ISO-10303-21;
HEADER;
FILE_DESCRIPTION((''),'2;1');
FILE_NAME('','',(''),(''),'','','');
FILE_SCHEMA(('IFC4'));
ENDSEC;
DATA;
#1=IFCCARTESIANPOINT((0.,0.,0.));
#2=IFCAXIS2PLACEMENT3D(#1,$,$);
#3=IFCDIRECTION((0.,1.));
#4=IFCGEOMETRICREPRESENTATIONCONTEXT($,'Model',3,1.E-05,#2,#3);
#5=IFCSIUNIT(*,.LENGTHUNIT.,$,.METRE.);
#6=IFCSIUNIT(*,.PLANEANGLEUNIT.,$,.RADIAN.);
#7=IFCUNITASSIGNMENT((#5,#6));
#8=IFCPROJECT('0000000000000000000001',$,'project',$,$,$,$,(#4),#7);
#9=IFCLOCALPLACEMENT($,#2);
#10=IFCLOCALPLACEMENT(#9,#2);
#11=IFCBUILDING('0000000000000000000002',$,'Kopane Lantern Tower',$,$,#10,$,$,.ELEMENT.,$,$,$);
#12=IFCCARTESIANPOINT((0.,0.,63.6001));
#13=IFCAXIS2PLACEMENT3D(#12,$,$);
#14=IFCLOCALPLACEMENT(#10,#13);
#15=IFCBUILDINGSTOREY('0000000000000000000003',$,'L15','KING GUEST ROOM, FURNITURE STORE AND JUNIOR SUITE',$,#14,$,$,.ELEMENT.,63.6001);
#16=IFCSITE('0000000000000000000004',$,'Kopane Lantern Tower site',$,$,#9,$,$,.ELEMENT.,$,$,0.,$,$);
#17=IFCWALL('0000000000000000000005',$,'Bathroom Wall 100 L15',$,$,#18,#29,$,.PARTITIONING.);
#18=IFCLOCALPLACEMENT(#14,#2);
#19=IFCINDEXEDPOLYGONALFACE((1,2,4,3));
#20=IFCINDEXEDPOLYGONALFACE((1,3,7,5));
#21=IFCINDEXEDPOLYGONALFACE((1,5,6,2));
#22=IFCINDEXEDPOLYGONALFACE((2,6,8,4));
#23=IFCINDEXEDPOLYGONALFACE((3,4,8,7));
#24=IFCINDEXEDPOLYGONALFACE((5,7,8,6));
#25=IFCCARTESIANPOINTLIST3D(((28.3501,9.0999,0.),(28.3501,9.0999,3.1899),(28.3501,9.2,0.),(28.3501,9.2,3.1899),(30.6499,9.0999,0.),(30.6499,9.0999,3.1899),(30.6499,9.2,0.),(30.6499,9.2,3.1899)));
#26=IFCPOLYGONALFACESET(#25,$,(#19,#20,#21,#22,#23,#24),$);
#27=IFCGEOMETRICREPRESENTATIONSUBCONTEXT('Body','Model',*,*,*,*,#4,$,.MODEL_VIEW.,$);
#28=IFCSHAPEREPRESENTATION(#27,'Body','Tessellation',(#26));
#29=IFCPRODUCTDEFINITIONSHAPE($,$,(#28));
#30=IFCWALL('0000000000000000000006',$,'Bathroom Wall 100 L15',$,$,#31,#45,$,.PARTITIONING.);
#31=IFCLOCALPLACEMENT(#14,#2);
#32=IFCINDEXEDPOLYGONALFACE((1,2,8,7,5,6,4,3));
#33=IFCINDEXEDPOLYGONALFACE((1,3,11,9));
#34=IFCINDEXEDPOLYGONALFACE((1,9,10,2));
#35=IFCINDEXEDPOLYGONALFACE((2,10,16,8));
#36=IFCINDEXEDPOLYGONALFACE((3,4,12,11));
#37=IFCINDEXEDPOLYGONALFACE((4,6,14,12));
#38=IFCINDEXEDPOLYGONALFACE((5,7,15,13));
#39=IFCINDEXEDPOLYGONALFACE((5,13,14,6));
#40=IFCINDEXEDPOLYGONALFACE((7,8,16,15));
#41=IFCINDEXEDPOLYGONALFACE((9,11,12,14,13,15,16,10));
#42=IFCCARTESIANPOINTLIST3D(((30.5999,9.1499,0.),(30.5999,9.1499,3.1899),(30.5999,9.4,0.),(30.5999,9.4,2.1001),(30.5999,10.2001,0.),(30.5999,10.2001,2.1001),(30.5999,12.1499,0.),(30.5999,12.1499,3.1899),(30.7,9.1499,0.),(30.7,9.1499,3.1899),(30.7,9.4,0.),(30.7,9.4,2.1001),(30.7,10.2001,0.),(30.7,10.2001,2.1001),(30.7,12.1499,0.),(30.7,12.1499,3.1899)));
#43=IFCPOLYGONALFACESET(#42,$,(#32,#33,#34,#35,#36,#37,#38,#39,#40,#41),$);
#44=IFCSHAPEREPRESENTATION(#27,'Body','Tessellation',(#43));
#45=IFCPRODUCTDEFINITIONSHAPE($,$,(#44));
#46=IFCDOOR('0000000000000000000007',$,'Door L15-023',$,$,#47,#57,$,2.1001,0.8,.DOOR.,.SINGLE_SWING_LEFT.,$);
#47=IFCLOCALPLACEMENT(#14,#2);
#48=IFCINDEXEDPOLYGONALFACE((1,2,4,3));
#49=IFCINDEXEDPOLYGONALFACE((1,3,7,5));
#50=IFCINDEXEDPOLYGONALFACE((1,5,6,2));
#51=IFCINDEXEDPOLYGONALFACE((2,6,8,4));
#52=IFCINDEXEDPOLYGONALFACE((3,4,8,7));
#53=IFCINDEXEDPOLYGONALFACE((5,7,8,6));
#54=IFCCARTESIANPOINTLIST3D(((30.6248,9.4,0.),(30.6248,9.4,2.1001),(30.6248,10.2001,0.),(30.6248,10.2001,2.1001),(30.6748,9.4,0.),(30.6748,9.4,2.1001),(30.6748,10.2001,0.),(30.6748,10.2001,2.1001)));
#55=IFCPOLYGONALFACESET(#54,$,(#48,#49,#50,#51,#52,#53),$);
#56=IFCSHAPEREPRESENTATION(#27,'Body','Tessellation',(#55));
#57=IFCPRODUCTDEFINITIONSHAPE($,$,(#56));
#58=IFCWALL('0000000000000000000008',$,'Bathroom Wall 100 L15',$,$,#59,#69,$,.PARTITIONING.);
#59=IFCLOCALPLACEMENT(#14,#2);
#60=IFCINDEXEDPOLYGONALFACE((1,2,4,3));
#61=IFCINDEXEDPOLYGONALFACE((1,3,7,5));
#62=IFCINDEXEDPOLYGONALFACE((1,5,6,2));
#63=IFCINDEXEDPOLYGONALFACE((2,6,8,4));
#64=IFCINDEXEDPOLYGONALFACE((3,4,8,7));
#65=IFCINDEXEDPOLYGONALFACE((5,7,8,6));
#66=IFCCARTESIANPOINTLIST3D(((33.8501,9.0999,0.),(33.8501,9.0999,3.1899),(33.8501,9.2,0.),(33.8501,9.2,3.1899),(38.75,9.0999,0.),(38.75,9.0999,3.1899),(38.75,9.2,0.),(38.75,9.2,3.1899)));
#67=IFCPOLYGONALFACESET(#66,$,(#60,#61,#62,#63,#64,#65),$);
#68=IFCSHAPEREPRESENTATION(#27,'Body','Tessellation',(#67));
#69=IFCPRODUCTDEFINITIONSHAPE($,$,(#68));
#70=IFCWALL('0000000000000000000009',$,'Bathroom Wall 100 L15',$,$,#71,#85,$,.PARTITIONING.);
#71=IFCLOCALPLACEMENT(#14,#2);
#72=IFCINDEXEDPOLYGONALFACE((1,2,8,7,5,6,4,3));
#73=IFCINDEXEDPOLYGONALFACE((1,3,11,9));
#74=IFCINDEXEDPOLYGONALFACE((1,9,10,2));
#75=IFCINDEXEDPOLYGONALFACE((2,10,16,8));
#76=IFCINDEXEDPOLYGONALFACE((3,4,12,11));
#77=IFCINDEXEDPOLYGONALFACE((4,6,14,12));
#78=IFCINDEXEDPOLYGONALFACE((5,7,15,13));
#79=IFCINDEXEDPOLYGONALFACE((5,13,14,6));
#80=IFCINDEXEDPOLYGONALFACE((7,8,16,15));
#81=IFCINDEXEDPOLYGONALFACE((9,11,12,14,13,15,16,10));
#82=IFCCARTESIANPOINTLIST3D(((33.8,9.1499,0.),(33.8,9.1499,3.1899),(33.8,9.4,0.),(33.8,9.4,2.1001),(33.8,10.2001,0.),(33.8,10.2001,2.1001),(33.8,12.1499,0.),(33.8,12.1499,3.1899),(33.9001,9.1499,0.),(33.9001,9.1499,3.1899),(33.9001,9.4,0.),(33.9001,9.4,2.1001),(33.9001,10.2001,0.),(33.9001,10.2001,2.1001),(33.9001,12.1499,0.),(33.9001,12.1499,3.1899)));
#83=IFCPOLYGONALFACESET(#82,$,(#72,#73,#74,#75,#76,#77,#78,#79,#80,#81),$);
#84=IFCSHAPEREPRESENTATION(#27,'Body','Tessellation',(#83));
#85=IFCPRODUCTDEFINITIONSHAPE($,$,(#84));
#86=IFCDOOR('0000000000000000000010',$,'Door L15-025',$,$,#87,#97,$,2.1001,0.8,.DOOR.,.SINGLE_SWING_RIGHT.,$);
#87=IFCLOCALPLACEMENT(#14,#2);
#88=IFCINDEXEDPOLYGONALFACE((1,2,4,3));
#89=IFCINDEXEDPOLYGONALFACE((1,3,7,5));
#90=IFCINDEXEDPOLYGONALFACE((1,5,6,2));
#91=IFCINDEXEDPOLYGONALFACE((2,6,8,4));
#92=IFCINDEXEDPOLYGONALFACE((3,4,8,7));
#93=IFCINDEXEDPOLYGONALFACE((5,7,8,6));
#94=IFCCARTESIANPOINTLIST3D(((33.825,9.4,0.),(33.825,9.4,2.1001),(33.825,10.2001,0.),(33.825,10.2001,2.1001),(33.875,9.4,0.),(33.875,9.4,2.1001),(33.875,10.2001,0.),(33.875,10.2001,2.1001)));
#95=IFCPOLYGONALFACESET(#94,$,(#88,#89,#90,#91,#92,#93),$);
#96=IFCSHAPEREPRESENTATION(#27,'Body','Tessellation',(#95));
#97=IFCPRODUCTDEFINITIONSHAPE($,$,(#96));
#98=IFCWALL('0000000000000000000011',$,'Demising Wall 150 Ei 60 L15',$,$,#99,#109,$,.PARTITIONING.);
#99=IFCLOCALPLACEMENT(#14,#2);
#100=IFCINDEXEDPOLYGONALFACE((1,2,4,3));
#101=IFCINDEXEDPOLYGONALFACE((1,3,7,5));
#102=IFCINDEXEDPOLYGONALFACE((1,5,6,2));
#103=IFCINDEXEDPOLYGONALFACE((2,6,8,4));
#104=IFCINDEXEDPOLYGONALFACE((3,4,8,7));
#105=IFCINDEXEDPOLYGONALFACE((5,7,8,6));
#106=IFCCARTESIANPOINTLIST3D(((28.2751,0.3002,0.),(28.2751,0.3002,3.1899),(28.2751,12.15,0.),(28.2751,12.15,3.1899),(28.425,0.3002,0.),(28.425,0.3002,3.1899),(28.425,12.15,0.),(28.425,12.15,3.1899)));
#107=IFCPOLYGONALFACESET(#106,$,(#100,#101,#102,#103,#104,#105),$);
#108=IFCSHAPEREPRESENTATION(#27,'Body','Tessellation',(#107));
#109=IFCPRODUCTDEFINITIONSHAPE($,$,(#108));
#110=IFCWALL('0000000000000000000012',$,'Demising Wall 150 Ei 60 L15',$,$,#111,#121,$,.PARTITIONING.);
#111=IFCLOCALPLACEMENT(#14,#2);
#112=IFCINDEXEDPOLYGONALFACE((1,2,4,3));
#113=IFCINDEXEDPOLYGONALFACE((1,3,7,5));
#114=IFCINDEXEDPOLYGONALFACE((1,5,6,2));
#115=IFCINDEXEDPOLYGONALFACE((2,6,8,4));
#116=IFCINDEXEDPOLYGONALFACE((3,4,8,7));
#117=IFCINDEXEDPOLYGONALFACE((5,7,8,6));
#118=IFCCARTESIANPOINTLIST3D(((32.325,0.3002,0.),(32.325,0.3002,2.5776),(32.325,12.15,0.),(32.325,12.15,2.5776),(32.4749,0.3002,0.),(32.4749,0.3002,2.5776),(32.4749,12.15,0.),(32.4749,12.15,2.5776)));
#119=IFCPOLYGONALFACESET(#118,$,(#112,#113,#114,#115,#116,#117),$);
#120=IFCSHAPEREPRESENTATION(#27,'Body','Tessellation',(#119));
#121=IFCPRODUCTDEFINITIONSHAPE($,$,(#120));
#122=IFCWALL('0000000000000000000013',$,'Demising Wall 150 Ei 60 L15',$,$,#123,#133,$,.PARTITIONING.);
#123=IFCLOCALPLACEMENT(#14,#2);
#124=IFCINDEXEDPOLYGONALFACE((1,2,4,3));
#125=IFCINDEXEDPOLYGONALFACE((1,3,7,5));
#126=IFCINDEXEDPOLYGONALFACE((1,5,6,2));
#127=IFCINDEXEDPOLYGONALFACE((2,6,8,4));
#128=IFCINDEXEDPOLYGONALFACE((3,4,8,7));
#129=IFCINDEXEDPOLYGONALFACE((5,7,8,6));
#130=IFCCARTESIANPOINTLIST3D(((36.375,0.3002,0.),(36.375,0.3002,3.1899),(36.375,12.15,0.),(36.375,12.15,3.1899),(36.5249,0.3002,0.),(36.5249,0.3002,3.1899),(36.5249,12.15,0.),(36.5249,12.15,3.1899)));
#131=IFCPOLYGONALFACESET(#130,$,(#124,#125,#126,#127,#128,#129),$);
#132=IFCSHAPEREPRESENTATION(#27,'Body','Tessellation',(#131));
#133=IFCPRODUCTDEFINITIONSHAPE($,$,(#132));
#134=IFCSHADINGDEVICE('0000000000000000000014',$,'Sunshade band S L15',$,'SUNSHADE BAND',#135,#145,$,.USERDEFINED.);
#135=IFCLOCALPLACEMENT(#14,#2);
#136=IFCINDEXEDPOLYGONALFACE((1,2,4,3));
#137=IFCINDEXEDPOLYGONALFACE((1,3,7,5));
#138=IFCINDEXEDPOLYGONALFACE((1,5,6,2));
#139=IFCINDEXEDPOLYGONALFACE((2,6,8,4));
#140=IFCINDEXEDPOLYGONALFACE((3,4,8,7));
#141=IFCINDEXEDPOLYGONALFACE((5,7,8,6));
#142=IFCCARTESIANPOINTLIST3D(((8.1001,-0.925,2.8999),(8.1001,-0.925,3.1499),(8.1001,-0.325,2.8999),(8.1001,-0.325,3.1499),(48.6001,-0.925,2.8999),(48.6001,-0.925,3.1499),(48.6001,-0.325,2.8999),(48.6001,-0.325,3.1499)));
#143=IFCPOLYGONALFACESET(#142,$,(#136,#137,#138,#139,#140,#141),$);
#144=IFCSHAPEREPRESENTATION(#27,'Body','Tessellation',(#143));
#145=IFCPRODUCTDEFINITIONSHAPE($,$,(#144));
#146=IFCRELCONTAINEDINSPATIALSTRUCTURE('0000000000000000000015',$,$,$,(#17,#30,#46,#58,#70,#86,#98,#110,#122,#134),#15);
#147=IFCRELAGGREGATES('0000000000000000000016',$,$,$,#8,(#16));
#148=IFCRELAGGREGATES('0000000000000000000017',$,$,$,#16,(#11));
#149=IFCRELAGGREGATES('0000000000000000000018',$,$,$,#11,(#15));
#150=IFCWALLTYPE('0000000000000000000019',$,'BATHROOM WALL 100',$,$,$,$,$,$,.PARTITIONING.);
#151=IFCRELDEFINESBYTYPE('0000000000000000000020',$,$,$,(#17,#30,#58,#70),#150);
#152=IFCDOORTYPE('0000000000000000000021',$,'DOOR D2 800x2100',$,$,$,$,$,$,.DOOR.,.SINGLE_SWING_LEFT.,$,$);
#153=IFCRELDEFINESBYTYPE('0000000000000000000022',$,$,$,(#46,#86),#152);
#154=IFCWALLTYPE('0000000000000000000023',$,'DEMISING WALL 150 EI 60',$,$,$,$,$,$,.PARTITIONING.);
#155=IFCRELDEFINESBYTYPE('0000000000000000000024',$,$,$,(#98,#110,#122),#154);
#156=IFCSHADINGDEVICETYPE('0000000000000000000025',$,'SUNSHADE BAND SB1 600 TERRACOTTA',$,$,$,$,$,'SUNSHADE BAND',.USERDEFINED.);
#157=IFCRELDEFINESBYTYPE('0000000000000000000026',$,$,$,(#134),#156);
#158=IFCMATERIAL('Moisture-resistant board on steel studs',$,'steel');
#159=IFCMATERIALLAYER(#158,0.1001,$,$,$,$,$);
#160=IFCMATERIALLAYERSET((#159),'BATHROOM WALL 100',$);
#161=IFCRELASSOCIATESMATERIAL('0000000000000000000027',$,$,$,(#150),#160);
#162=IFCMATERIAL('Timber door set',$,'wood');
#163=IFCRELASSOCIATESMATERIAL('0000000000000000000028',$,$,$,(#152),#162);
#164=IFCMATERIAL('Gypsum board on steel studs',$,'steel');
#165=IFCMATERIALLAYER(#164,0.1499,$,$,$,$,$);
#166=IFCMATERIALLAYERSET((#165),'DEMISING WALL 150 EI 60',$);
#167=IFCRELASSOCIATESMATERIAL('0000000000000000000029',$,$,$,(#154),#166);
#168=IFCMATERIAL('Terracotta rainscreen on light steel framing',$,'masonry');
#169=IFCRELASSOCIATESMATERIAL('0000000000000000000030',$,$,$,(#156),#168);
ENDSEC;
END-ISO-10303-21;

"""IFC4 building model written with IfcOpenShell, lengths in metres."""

from ifc_helpers import new_model, si_unit, direction, frame, frame_2d, origin, origin_2d, place, context, subcontext, project, spatial, rectangle, extrude, material, layer, layer_set, type_object, element, fill, save


model = new_model("IFC4")

# Units and contexts
model_context = context("Model", 3, precision=1e-05, world=origin(), true_north=direction((0.0, 1.0)))
body_context = subcontext(model_context, "Body", "Model", "MODEL_VIEW")
ifc_project = project(units=[si_unit("LENGTHUNIT", "METRE"), si_unit("PLANEANGLEUNIT", "RADIAN")], contexts=[model_context])

# Site, building, storey
site_placement = place(None, origin())
site = spatial("IfcSite", under=ifc_project, at=site_placement, Name="Kopane Lantern Tower site", CompositionType="ELEMENT", RefElevation=0.0)
building_placement = place(site_placement, origin())
building = spatial("IfcBuilding", under=site, at=building_placement, Name="Kopane Lantern Tower", CompositionType="ELEMENT")
storey_placement = place(building_placement, frame((0.0, 0.0, 63.6001)))
storey = spatial("IfcBuildingStorey", under=building, at=storey_placement, Name="L15", Description="KING GUEST ROOM, FURNITURE STORE AND JUNIOR SUITE", CompositionType="ELEMENT", Elevation=63.6001)

# Shared definitions
ifc_material_1 = material(Name="Moisture-resistant board on steel studs", Category="steel")
ifc_layer_1 = layer(ifc_material_1, 0.1001)
ifc_layer_set_1 = layer_set([ifc_layer_1], Name="BATHROOM WALL 100")
wall_type_1 = type_object("IfcWallType", Name="BATHROOM WALL 100", PredefinedType="PARTITIONING", material=ifc_layer_set_1)
ifc_material_2 = material(Name="Timber door set", Category="wood")
door_type_1 = type_object("IfcDoorType", Name="DOOR D2 800x2100", OperationType="SINGLE_SWING_LEFT", PredefinedType="DOOR", material=ifc_material_2)

# Wall
wall_1_placement = place(storey_placement, frame((28.3501, 9.1499, 0.0), z_axis=(0.0, 0.0, 1.0), x_axis=(1.0, 0.0, 0.0)))
element("IfcWall", 1, at=wall_1_placement, inside=storey, type_object=wall_type_1, Name="Bathroom Wall 100 L15", PredefinedType="PARTITIONING", context=body_context, shape_type="SweptSolid", body=[
    extrude(rectangle(XDim=2.2998, YDim=0.1001, at=frame_2d((1.1499, 0.0))), origin(), (0.0, 0.0, 1.0), 3.1899),
])

# Wall, opening, door
wall_2_placement = place(storey_placement, frame((30.6499, 12.1499, 0.0), z_axis=(0.0, 0.0, 1.0), x_axis=(0.0, -1.0, 0.0)))
wall_2 = element("IfcWall", 2, at=wall_2_placement, inside=storey, type_object=wall_type_1, Name="Bathroom Wall 100 L15", PredefinedType="PARTITIONING", context=body_context, shape_type="SweptSolid", body=[
    extrude(rectangle(XDim=3.0, YDim=0.1001, at=frame_2d((1.5, 0.0))), origin(), (0.0, 0.0, 1.0), 3.1899),
])
opening_1_placement = place(wall_2_placement, frame((1.95, 0.0, 0.0)))
opening_1 = element("IfcOpeningElement", 3, at=opening_1_placement, cuts=wall_2, PredefinedType="OPENING", context=body_context, shape_type="SweptSolid", body=[
    extrude(rectangle(XDim=0.8, YDim=2.1001, at=frame_2d((0.3999, 1.05))), frame((0.0, 0.0601, 0.0), z_axis=(0.0, -1.0, 0.0), x_axis=(1.0, 0.0, 0.0)), (0.0, 0.0, 1.0), 0.1201),
])
door_1_placement = place(opening_1_placement, origin())
door_1 = element("IfcDoor", 4, at=door_1_placement, inside=storey, type_object=door_type_1, Name="Door L15-023", OperationType="SINGLE_SWING_LEFT", OverallHeight=2.1001, OverallWidth=0.8, PredefinedType="DOOR", context=body_context, shape_type="SweptSolid", body=[
    extrude(rectangle(XDim=0.8, YDim=2.1001, at=frame_2d((0.3999, 1.05))), frame((0.0, 0.0249, 0.0), z_axis=(0.0, -1.0, 0.0), x_axis=(1.0, 0.0, 0.0)), (0.0, 0.0, 1.0), 0.05),
])
fill(opening_1, door_1)

# Wall
wall_3_placement = place(storey_placement, frame((33.8501, 9.1499, 0.0), z_axis=(0.0, 0.0, 1.0), x_axis=(1.0, 0.0, 0.0)))
element("IfcWall", 5, at=wall_3_placement, inside=storey, type_object=wall_type_1, Name="Bathroom Wall 100 L15", PredefinedType="PARTITIONING", context=body_context, shape_type="SweptSolid", body=[
    extrude(rectangle(XDim=4.8999, YDim=0.1001, at=frame_2d((2.45, 0.0))), origin(), (0.0, 0.0, 1.0), 3.1899),
])

# Wall, opening, door
wall_4_placement = place(storey_placement, frame((33.8501, 12.1499, 0.0), z_axis=(0.0, 0.0, 1.0), x_axis=(0.0, -1.0, 0.0)))
wall_4 = element("IfcWall", 6, at=wall_4_placement, inside=storey, type_object=wall_type_1, Name="Bathroom Wall 100 L15", PredefinedType="PARTITIONING", context=body_context, shape_type="SweptSolid", body=[
    extrude(rectangle(XDim=3.0, YDim=0.1001, at=frame_2d((1.5, 0.0))), origin(), (0.0, 0.0, 1.0), 3.1899),
])
opening_2_placement = place(wall_4_placement, frame((1.95, 0.0, 0.0)))
opening_2 = element("IfcOpeningElement", 7, at=opening_2_placement, cuts=wall_4, PredefinedType="OPENING", context=body_context, shape_type="SweptSolid", body=[
    extrude(rectangle(XDim=0.8, YDim=2.1001, at=frame_2d((0.3999, 1.05))), frame((0.0, 0.0601, 0.0), z_axis=(0.0, -1.0, 0.0), x_axis=(1.0, 0.0, 0.0)), (0.0, 0.0, 1.0), 0.1201),
])
door_2_placement = place(opening_2_placement, origin())
door_2 = element("IfcDoor", 8, at=door_2_placement, inside=storey, type_object=door_type_1, Name="Door L15-025", OperationType="SINGLE_SWING_RIGHT", OverallHeight=2.1001, OverallWidth=0.8, PredefinedType="DOOR", context=body_context, shape_type="SweptSolid", body=[
    extrude(rectangle(XDim=0.8, YDim=2.1001, at=frame_2d((0.3999, 1.05))), frame((0.0, 0.0249, 0.0), z_axis=(0.0, -1.0, 0.0), x_axis=(1.0, 0.0, 0.0)), (0.0, 0.0, 1.0), 0.05),
])
fill(opening_2, door_2)

# Walls
ifc_material_3 = material(Name="Gypsum board on steel studs", Category="steel")
ifc_layer_2 = layer(ifc_material_3, 0.1499)
ifc_layer_set_2 = layer_set([ifc_layer_2], Name="DEMISING WALL 150 EI 60")
wall_type_2 = type_object("IfcWallType", Name="DEMISING WALL 150 EI 60", PredefinedType="PARTITIONING", material=ifc_layer_set_2)
wall_5_placement = place(storey_placement, frame((28.3501, 12.1499, 0.0), z_axis=(0.0, 0.0, 1.0), x_axis=(0.0, -1.0, 0.0)))
element("IfcWall", 9, at=wall_5_placement, inside=storey, type_object=wall_type_2, Name="Demising Wall 150 Ei 60 L15", PredefinedType="PARTITIONING", context=body_context, shape_type="SweptSolid", body=[
    extrude(rectangle(XDim=11.8499, YDim=0.1499, at=frame_2d((5.9248, 0.0))), origin(), (0.0, 0.0, 1.0), 3.1899),
])
wall_6_placement = place(storey_placement, frame((32.3999, 12.1499, 0.0), z_axis=(0.0, 0.0, 1.0), x_axis=(0.0, -1.0, 0.0)))
element("IfcWall", 10, at=wall_6_placement, inside=storey, type_object=wall_type_2, Name="Demising Wall 150 Ei 60 L15", PredefinedType="PARTITIONING", context=body_context, shape_type="SweptSolid", body=[
    extrude(rectangle(XDim=11.8499, YDim=0.1499, at=frame_2d((5.9248, 0.0))), origin(), (0.0, 0.0, 1.0), 2.5776),
])
wall_7_placement = place(storey_placement, frame((36.45, 12.1499, 0.0), z_axis=(0.0, 0.0, 1.0), x_axis=(0.0, -1.0, 0.0)))
element("IfcWall", 11, at=wall_7_placement, inside=storey, type_object=wall_type_2, Name="Demising Wall 150 Ei 60 L15", PredefinedType="PARTITIONING", context=body_context, shape_type="SweptSolid", body=[
    extrude(rectangle(XDim=11.8499, YDim=0.1499, at=frame_2d((5.9248, 0.0))), origin(), (0.0, 0.0, 1.0), 3.1899),
])

# Shading device
ifc_material_4 = material(Name="Terracotta rainscreen on light steel framing", Category="masonry")
shading_device_type = type_object("IfcShadingDeviceType", Name="SUNSHADE BAND SB1 600 TERRACOTTA", ElementType="SUNSHADE BAND", PredefinedType="USERDEFINED", material=ifc_material_4)
shading_device_placement = place(storey_placement, frame((28.3501, -0.625, 2.8999), z_axis=(0.0, 0.0, 1.0), x_axis=(1.0, 0.0, 0.0)))
element("IfcShadingDevice", 12, at=shading_device_placement, inside=storey, type_object=shading_device_type, Name="Sunshade band S L15", ObjectType="SUNSHADE BAND", PredefinedType="USERDEFINED", context=body_context, shape_type="SweptSolid", body=[
    extrude(rectangle(XDim=40.5, YDim=0.6001, at=origin_2d()), origin(), (0.0, 0.0, 1.0), 0.25),
])

save(model, "model.ifc")
